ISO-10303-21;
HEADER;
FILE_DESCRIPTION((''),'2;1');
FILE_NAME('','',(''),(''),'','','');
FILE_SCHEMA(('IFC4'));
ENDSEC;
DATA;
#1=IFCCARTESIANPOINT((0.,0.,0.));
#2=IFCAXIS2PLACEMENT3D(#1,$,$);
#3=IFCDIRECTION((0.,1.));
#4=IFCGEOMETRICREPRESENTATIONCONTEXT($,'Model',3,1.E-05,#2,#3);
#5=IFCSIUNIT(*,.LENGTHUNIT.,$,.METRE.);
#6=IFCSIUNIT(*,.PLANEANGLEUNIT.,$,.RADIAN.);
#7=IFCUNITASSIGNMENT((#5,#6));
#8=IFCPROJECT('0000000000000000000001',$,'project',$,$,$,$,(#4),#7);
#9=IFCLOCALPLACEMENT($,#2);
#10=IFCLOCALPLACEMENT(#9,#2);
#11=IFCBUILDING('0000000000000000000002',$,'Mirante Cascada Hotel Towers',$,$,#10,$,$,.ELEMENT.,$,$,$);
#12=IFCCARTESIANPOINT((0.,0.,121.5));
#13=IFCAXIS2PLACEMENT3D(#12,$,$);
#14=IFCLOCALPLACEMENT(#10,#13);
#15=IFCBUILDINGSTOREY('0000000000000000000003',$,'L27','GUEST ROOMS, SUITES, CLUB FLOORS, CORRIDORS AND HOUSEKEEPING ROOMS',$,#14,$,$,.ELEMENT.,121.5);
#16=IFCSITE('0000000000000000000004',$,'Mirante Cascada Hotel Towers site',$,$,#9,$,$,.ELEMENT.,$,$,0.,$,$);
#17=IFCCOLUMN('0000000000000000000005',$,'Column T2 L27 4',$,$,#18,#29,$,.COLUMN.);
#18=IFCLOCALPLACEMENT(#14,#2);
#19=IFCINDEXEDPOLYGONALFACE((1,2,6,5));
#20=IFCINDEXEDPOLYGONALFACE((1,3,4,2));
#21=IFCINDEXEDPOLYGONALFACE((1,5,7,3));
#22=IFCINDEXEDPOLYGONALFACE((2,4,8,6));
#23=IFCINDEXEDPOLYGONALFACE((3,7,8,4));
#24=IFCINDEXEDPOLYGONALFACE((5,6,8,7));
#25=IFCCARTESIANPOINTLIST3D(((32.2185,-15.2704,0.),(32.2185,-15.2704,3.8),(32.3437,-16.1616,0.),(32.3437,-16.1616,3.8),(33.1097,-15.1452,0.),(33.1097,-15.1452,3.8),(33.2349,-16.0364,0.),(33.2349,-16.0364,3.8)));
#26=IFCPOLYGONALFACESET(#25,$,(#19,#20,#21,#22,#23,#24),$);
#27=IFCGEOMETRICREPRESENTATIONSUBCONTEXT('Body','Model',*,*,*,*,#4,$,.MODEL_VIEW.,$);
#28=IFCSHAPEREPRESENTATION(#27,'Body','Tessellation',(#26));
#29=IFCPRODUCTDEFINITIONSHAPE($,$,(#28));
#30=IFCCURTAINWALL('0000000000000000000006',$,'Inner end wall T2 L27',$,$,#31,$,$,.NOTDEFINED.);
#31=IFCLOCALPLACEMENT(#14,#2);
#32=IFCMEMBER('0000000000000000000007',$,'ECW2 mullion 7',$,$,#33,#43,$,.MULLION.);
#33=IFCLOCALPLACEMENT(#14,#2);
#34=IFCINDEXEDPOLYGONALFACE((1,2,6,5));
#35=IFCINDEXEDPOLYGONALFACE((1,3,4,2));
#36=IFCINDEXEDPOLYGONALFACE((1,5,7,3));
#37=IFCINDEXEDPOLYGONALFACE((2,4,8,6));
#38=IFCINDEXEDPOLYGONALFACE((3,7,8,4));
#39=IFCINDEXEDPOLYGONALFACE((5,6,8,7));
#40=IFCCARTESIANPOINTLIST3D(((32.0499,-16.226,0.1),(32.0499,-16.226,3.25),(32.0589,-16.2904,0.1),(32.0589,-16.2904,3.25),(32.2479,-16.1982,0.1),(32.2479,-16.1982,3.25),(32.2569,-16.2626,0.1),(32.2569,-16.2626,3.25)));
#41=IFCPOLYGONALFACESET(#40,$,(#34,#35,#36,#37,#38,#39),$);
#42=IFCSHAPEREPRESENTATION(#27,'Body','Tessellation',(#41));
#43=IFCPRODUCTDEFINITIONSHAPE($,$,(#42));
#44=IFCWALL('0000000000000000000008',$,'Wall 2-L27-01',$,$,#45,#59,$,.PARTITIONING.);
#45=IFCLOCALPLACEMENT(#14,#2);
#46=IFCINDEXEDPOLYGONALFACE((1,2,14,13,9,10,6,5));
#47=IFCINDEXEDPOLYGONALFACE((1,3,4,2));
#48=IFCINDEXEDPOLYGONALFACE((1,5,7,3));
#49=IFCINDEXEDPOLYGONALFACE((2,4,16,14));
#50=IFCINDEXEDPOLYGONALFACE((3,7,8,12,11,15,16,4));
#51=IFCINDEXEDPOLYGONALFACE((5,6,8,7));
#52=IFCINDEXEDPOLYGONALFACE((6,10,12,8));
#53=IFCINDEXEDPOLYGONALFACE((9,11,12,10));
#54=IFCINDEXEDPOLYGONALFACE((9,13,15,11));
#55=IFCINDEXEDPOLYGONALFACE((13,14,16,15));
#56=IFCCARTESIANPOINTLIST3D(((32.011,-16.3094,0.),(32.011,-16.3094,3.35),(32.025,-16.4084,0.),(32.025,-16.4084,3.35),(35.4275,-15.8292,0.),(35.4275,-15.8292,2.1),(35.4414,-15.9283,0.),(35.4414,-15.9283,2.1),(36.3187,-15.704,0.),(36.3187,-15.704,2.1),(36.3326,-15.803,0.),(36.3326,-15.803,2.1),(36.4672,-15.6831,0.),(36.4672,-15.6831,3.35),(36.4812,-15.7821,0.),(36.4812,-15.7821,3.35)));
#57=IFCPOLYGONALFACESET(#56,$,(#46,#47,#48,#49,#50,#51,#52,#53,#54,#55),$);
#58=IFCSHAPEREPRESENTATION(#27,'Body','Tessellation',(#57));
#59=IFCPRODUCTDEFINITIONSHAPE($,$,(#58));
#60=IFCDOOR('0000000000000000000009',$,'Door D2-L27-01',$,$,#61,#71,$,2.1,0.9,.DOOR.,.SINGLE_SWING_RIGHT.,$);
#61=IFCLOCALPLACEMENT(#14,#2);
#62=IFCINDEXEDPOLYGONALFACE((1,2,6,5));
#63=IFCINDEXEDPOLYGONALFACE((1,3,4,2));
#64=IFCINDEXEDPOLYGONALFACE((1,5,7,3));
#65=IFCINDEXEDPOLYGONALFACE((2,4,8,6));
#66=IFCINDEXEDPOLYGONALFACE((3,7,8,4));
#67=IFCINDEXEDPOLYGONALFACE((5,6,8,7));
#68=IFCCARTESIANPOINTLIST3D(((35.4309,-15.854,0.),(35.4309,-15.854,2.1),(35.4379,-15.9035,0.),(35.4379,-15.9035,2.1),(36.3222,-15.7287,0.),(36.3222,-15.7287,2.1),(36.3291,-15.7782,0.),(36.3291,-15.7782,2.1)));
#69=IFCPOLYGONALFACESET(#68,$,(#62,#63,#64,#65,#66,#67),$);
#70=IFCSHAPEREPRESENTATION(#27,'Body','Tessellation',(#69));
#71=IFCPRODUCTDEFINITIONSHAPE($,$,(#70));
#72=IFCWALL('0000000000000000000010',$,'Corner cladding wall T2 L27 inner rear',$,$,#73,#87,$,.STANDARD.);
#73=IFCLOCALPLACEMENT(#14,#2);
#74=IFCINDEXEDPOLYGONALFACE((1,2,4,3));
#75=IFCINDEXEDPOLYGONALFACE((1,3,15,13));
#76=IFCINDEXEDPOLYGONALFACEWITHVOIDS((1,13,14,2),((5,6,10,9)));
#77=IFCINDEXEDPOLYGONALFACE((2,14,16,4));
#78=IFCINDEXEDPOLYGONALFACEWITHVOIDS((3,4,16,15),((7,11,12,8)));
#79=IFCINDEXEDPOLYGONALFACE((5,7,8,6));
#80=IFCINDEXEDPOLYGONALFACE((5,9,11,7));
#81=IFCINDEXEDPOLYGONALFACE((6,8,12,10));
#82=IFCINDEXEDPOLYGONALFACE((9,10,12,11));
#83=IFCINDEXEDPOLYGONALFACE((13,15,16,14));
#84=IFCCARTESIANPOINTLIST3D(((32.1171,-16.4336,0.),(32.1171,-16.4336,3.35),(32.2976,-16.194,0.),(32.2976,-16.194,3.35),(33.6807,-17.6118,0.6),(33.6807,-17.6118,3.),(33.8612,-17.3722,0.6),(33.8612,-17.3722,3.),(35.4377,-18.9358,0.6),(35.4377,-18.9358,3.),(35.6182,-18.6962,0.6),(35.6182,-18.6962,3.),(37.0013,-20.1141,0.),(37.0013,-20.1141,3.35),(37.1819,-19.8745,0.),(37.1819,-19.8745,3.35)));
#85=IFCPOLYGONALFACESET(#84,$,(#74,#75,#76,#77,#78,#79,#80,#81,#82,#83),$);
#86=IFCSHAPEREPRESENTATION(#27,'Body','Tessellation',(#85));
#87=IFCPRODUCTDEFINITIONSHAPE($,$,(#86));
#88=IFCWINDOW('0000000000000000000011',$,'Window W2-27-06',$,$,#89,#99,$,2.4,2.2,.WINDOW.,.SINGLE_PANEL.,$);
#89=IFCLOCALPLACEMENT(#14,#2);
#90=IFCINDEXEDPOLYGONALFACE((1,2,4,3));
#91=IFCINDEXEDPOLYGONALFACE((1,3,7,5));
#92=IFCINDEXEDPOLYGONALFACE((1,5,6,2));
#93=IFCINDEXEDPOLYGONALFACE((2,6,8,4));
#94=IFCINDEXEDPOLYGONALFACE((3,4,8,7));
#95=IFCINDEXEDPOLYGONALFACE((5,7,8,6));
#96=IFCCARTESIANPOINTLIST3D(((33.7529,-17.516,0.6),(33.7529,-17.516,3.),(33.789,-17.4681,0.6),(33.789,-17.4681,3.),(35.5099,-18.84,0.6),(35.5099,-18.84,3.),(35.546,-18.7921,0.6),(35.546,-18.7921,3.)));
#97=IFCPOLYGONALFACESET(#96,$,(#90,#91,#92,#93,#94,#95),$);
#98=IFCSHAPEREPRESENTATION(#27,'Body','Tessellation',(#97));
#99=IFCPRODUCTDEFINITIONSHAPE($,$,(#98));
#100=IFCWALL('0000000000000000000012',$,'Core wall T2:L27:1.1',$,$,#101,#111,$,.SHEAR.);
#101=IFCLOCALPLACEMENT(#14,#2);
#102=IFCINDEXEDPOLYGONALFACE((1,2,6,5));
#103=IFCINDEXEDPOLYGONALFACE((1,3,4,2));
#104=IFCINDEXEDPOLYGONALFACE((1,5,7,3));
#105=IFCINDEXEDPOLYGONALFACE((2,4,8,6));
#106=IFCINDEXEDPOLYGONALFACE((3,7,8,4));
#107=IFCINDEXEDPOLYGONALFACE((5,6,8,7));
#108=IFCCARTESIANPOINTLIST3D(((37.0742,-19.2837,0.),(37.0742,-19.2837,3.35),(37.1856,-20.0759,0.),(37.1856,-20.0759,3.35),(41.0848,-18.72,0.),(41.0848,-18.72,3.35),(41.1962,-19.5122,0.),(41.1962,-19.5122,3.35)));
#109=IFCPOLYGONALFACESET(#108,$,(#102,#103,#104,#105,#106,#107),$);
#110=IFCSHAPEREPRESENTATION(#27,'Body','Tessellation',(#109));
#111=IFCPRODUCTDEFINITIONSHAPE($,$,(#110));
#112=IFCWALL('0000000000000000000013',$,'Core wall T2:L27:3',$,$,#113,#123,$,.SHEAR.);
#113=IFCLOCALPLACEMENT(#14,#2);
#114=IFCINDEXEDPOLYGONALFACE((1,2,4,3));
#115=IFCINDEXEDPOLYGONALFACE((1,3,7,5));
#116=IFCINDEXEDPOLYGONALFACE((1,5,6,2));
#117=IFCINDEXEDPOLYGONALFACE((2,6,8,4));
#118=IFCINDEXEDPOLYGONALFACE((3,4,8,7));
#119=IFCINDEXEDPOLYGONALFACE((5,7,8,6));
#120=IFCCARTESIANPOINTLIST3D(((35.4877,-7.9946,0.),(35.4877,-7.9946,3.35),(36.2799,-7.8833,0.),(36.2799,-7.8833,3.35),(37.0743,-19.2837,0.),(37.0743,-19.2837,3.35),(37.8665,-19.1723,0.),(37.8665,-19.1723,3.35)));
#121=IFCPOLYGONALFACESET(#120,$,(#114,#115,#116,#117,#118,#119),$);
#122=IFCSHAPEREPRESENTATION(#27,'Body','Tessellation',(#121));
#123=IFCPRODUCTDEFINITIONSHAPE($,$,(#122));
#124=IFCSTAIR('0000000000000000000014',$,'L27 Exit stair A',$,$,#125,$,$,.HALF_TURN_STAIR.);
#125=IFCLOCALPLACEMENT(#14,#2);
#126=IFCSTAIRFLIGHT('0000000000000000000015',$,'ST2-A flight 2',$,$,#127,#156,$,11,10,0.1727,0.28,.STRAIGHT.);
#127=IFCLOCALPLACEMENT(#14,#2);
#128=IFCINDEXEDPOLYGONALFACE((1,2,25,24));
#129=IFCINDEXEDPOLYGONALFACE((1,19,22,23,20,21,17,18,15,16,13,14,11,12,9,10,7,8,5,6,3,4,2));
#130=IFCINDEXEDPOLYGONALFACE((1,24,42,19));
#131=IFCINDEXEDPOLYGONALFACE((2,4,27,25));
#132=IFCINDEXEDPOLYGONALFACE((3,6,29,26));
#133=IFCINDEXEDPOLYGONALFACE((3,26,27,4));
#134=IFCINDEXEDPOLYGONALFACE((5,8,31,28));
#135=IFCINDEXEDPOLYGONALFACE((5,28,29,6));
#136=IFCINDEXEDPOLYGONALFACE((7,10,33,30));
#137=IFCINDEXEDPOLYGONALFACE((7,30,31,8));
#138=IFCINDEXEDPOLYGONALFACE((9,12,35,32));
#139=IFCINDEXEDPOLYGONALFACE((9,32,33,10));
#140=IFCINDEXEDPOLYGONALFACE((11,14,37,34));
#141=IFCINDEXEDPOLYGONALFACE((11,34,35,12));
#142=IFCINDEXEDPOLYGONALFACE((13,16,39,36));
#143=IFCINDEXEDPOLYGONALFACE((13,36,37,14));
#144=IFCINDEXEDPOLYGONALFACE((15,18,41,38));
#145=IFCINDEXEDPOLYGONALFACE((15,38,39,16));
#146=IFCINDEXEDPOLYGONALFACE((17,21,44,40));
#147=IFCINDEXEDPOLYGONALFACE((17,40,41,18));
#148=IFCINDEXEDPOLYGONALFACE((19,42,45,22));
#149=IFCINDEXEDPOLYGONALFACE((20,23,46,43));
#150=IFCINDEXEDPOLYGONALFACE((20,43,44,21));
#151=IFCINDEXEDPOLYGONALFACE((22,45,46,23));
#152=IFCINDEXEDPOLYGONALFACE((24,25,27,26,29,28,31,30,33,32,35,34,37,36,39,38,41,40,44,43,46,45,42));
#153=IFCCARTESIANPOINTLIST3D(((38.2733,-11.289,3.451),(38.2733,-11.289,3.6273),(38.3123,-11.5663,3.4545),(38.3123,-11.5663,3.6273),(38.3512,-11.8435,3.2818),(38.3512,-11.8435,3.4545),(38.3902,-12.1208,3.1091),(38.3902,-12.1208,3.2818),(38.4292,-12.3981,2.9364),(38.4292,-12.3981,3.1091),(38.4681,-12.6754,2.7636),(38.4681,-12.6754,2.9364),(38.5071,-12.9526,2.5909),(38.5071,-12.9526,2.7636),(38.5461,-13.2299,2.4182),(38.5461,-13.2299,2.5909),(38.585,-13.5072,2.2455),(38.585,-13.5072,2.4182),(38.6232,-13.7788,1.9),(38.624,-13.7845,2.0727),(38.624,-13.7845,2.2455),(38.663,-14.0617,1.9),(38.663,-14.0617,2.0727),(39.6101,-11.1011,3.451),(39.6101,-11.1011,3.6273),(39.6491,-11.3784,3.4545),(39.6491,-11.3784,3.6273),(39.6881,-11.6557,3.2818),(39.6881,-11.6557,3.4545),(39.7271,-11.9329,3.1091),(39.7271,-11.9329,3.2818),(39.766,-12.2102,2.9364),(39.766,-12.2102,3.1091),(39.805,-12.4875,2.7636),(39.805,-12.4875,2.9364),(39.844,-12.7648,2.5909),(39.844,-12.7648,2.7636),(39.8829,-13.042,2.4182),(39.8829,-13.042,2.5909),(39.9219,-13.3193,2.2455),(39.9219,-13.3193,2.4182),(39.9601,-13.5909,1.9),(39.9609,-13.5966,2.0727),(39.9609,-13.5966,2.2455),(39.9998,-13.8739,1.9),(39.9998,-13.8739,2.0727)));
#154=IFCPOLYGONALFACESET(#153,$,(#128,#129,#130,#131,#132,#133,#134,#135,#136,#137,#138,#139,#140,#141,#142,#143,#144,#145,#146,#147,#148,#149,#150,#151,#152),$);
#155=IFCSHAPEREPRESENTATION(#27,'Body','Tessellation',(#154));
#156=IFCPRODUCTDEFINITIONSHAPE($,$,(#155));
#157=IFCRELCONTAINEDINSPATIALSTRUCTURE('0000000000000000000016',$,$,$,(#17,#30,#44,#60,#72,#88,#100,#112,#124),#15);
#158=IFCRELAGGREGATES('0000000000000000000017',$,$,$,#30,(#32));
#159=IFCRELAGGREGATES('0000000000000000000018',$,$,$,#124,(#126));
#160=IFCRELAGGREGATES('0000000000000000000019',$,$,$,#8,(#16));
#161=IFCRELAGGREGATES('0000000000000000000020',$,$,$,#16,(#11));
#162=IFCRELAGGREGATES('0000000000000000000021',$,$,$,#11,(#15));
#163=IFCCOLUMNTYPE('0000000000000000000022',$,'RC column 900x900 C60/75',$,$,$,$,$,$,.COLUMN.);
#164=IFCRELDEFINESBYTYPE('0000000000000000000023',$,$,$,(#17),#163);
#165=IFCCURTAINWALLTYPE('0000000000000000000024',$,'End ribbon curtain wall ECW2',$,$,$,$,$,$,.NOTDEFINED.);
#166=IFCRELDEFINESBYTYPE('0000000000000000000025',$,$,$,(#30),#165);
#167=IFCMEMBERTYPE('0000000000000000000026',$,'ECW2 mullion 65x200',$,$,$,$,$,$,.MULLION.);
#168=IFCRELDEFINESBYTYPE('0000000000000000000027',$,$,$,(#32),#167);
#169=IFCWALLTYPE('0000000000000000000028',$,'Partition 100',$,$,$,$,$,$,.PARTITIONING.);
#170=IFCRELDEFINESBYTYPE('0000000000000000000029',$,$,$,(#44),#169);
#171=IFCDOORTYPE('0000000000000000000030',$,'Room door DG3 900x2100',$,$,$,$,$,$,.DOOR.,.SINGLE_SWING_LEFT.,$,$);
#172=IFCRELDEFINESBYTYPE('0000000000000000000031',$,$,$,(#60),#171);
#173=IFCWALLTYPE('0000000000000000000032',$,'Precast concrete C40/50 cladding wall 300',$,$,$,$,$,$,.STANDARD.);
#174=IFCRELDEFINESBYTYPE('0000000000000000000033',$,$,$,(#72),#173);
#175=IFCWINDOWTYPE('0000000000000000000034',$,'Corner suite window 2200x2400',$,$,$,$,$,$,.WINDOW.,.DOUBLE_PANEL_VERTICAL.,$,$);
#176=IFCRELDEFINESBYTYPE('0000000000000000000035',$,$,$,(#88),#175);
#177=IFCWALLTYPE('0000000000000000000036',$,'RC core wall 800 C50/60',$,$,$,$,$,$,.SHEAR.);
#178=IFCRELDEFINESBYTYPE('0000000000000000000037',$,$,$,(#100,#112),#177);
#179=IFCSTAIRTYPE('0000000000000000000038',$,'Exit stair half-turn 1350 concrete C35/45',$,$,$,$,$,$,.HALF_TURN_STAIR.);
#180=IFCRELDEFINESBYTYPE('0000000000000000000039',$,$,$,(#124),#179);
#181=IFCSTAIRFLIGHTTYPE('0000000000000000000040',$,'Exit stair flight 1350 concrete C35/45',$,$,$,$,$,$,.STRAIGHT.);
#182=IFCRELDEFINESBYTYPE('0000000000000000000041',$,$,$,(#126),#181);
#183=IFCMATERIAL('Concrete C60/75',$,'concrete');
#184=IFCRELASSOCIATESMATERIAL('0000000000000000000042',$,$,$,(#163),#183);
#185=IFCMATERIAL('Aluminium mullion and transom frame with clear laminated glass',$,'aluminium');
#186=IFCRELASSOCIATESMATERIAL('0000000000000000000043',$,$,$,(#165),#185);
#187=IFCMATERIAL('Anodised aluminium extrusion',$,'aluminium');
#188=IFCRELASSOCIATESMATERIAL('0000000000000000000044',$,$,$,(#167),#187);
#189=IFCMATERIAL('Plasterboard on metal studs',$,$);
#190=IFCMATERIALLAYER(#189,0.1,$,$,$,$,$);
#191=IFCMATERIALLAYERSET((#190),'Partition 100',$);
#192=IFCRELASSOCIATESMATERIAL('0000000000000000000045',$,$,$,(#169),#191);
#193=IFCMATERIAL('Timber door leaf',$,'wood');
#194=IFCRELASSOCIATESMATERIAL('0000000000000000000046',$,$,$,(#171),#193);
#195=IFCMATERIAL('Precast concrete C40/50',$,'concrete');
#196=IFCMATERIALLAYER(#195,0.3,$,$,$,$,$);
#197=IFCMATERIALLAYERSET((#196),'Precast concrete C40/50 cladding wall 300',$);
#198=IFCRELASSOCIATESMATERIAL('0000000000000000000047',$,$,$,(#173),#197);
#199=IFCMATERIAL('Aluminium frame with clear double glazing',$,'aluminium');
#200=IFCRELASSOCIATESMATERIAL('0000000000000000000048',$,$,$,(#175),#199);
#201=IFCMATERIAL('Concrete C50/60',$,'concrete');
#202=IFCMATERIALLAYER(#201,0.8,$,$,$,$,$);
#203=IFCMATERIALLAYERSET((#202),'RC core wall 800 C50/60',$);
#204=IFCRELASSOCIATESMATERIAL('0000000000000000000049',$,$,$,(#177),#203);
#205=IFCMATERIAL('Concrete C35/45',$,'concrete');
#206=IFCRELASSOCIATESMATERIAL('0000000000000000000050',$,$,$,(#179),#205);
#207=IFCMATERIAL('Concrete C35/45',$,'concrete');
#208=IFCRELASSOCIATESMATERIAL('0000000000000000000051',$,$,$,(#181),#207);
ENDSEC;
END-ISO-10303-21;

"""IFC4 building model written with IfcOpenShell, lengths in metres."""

from ifc_helpers import new_model, si_unit, direction, frame, frame_2d, origin, origin_2d, place, context, subcontext, project, spatial, polyline, rectangle, outline, extrude, material, layer, layer_set, material_profile, profile_set, type_object, element, fill, aggregate, save


model = new_model("IFC4")

# Units and contexts
model_context = context("Model", 3, precision=1e-05, world=origin(), true_north=direction((0.0, 1.0)))
body_context = subcontext(model_context, "Body", "Model", "MODEL_VIEW")
ifc_project = project(units=[si_unit("LENGTHUNIT", "METRE"), si_unit("PLANEANGLEUNIT", "RADIAN")], contexts=[model_context])

# Site, building, storey
site_placement = place(None, origin())
site = spatial("IfcSite", under=ifc_project, at=site_placement, Name="Mirante Cascada Hotel Towers site", CompositionType="ELEMENT", RefElevation=0.0)
building_placement = place(site_placement, origin())
building = spatial("IfcBuilding", under=site, at=building_placement, Name="Mirante Cascada Hotel Towers", CompositionType="ELEMENT")
storey_placement = place(building_placement, frame((0.0, 0.0, 121.5)))
storey = spatial("IfcBuildingStorey", under=building, at=storey_placement, Name="L27", Description="GUEST ROOMS, SUITES, CLUB FLOORS, CORRIDORS AND HOUSEKEEPING ROOMS", CompositionType="ELEMENT", Elevation=121.5)

# Column
ifc_material_1 = material(Name="Concrete C60/75", Category="concrete")
ifc_material_profile_1 = material_profile(ifc_material_1, rectangle(XDim=0.9, YDim=0.9, at=origin_2d()), Name="RC column 900x900 C60/75")
ifc_profile_set_1 = profile_set([ifc_material_profile_1], Name="Concrete C60/75")
column_type = type_object("IfcColumnType", Name="RC column 900x900 C60/75", PredefinedType="COLUMN", material=ifc_profile_set_1)
column_placement = place(storey_placement, frame((32.7267, -15.6534, 0.0), z_axis=(0.0, 0.0, 1.0), x_axis=(0.990268, 0.139173, 0.0)))
element("IfcColumn", 1, at=column_placement, inside=storey, type_object=column_type, Name="Column T2 L27 4", PredefinedType="COLUMN", context=body_context, shape_type="SweptSolid", body=[
    extrude(rectangle(XDim=0.9, YDim=0.9, at=origin_2d()), origin(), (0.0, 0.0, 1.0), 3.8),
])

# Curtain wall, member
ifc_material_2 = material(Name="Aluminium mullion and transom frame with clear laminated glass", Category="aluminium")
curtain_wall_type = type_object("IfcCurtainWallType", Name="End ribbon curtain wall ECW2", PredefinedType="NOTDEFINED", material=ifc_material_2)
curtain_wall_placement = place(storey_placement, origin())
curtain_wall = element("IfcCurtainWall", 2, at=curtain_wall_placement, inside=storey, type_object=curtain_wall_type, Name="Inner end wall T2 L27", PredefinedType="NOTDEFINED")
ifc_material_3 = material(Name="Anodised aluminium extrusion", Category="aluminium")
ifc_material_profile_2 = material_profile(ifc_material_3, rectangle(XDim=0.2, YDim=0.065, at=origin_2d()), Name="ECW2 MULLION 65x200")
ifc_profile_set_2 = profile_set([ifc_material_profile_2], Name="Anodised aluminium extrusion")
member_type = type_object("IfcMemberType", Name="ECW2 mullion 65x200", PredefinedType="MULLION", material=ifc_profile_set_2)
member_placement = place(storey_placement, frame((32.1534, -16.2443, 0.1), z_axis=(0.0, 0.0, 1.0), x_axis=(0.990268, 0.139173, 0.0)))
member = element("IfcMember", 3, at=member_placement, type_object=member_type, Name="ECW2 mullion 7", PredefinedType="MULLION", context=body_context, shape_type="SweptSolid", body=[
    extrude(rectangle(XDim=0.2, YDim=0.065, at=origin_2d()), origin(), (0.0, 0.0, 1.0), 3.15),
])
aggregate(curtain_wall, [member])

# Wall, opening, door
ifc_material_4 = material(Name="Plasterboard on metal studs")
ifc_layer_1 = layer(ifc_material_4, 0.1)
ifc_layer_set_1 = layer_set([ifc_layer_1], Name="Partition 100")
wall_type_1 = type_object("IfcWallType", Name="Partition 100", PredefinedType="PARTITIONING", material=ifc_layer_set_1)
wall_1_placement = place(storey_placement, frame((36.4742, -15.7326, 0.0), z_axis=(0.0, 0.0, 1.0), x_axis=(-0.990267, -0.139178, 0.0)))
wall_1 = element("IfcWall", 4, at=wall_1_placement, inside=storey, type_object=wall_type_1, Name="Wall 2-L27-01", PredefinedType="PARTITIONING", context=body_context, shape_type="SweptSolid", body=[
    extrude(rectangle(XDim=4.5, YDim=0.1, at=frame_2d((2.25, 0.0))), origin(), (0.0, 0.0, 1.0), 3.35),
])
opening_1_placement = place(wall_1_placement, frame((0.15, 0.0, 0.0)))
opening_1 = element("IfcOpeningElement", 5, at=opening_1_placement, cuts=wall_1, PredefinedType="OPENING", context=body_context, shape_type="SweptSolid", body=[
    extrude(rectangle(XDim=0.9, YDim=2.1, at=frame_2d((0.45, 1.05))), frame((0.0, 0.05, 0.0), z_axis=(0.0, -1.0, 0.0), x_axis=(1.0, 0.0, 0.0)), (0.0, 0.0, 1.0), 0.1),
])
ifc_material_5 = material(Name="Timber door leaf", Category="wood")
door_type = type_object("IfcDoorType", Name="Room door DG3 900x2100", OperationType="SINGLE_SWING_LEFT", PredefinedType="DOOR", material=ifc_material_5)
door_placement = place(opening_1_placement, frame((0.9, 0.0, 0.0), z_axis=(0.0, 0.0, 1.0), x_axis=(-1.0, 0.0, 0.0)))
door = element("IfcDoor", 6, at=door_placement, inside=storey, type_object=door_type, Name="Door D2-L27-01", OperationType="SINGLE_SWING_RIGHT", OverallHeight=2.1, OverallWidth=0.9, PredefinedType="DOOR", context=body_context, shape_type="SweptSolid", body=[
    extrude(rectangle(XDim=0.9, YDim=2.1, at=frame_2d((0.45, 1.05))), frame((0.0, 0.025, 0.0), z_axis=(0.0, -1.0, 0.0), x_axis=(1.0, 0.0, 0.0)), (0.0, 0.0, 1.0), 0.05),
])
fill(opening_1, door)

# Wall, opening, window
ifc_material_6 = material(Name="Precast concrete C40/50", Category="concrete")
ifc_layer_2 = layer(ifc_material_6, 0.3)
ifc_layer_set_2 = layer_set([ifc_layer_2], Name="Precast concrete C40/50 cladding wall 300")
wall_type_2 = type_object("IfcWallType", Name="Precast concrete C40/50 cladding wall 300", PredefinedType="STANDARD", material=ifc_layer_set_2)
wall_2_placement = place(storey_placement, frame((32.2074, -16.3138, 0.0), z_axis=(0.0, 0.0, 1.0), x_axis=(0.798636, -0.601814, 0.0)))
wall_2 = element("IfcWall", 7, at=wall_2_placement, inside=storey, type_object=wall_type_2, Name="Corner cladding wall T2 L27 inner rear", PredefinedType="STANDARD", context=body_context, shape_type="SweptSolid", body=[
    extrude(rectangle(XDim=6.1157, YDim=0.3, at=frame_2d((3.0578, 0.0))), origin(), (0.0, 0.0, 1.0), 3.35),
])
opening_2_placement = place(wall_2_placement, frame((1.9578, 0.0, 0.6)))
opening_2 = element("IfcOpeningElement", 8, at=opening_2_placement, cuts=wall_2, PredefinedType="OPENING", context=body_context, shape_type="SweptSolid", body=[
    extrude(rectangle(XDim=2.2, YDim=2.4, at=frame_2d((1.1, 1.2))), frame((0.0, 0.15, 0.0), z_axis=(0.0, -1.0, 0.0), x_axis=(1.0, 0.0, 0.0)), (0.0, 0.0, 1.0), 0.3),
])
ifc_material_7 = material(Name="Aluminium frame with clear double glazing", Category="aluminium")
window_type = type_object("IfcWindowType", Name="Corner suite window 2200x2400", PartitioningType="DOUBLE_PANEL_VERTICAL", PredefinedType="WINDOW", material=ifc_material_7)
window_placement = place(opening_2_placement, origin())
window = element("IfcWindow", 9, at=window_placement, inside=storey, type_object=window_type, Name="Window W2-27-06", OverallHeight=2.4, OverallWidth=2.2, PartitioningType="SINGLE_PANEL", PredefinedType="WINDOW", context=body_context, shape_type="SweptSolid", body=[
    extrude(rectangle(XDim=2.2, YDim=2.4, at=frame_2d((1.1, 1.2))), frame((0.0, 0.03, 0.0), z_axis=(0.0, -1.0, 0.0), x_axis=(1.0, 0.0, 0.0)), (0.0, 0.0, 1.0), 0.06),
])
fill(opening_2, window)

# Walls
ifc_material_8 = material(Name="Concrete C50/60", Category="concrete")
ifc_layer_3 = layer(ifc_material_8, 0.8)
ifc_layer_set_3 = layer_set([ifc_layer_3], Name="RC core wall 800 C50/60")
wall_type_3 = type_object("IfcWallType", Name="RC core wall 800 C50/60", PredefinedType="SHEAR", material=ifc_layer_set_3)
wall_3_placement = place(storey_placement, frame((37.1299, -19.6798, 0.0), z_axis=(0.0, 0.0, 1.0), x_axis=(0.990267, 0.139184, 0.0)))
element("IfcWall", 10, at=wall_3_placement, inside=storey, type_object=wall_type_3, Name="Core wall T2:L27:1.1", PredefinedType="SHEAR", context=body_context, shape_type="SweptSolid", body=[
    extrude(rectangle(XDim=4.05, YDim=0.8, at=frame_2d((2.025, 0.0))), origin(), (0.0, 0.0, 1.0), 3.35),
])
wall_4_placement = place(storey_placement, frame((37.4704, -19.228, 0.0), z_axis=(0.0, 0.0, 1.0), x_axis=(-0.139175, 0.990268, 0.0)))
element("IfcWall", 11, at=wall_4_placement, inside=storey, type_object=wall_type_3, Name="Core wall T2:L27:3", PredefinedType="SHEAR", context=body_context, shape_type="SweptSolid", body=[
    extrude(rectangle(XDim=11.4, YDim=0.8, at=frame_2d((5.7, 0.0))), origin(), (0.0, 0.0, 1.0), 3.35),
])

# Stair, stair flight
ifc_material_9 = material(Name="Concrete C35/45", Category="concrete")
stair_type = type_object("IfcStairType", Name="Exit stair half-turn 1350 concrete C35/45", PredefinedType="HALF_TURN_STAIR", material=ifc_material_9)
stair_placement = place(storey_placement, origin())
stair = element("IfcStair", 12, at=stair_placement, inside=storey, type_object=stair_type, Name="L27 Exit stair A", PredefinedType="HALF_TURN_STAIR")
ifc_material_10 = material(Name="Concrete C35/45", Category="concrete")
stair_flight_type = type_object("IfcStairFlightType", Name="Exit stair flight 1350 concrete C35/45", PredefinedType="STRAIGHT", material=ifc_material_10)
stair_flight_placement = place(storey_placement, frame((39.3314, -13.9678, 1.9), z_axis=(0.0, 0.0, 1.0), x_axis=(-0.139173, 0.990268, 0.0)))
stair_flight = element("IfcStairFlight", 13, at=stair_flight_placement, type_object=stair_flight_type, Name="ST2-A flight 2", NumberOfRisers=11, NumberOfTreads=10, PredefinedType="STRAIGHT", RiserHeight=0.1727, TreadLength=0.28, context=body_context, shape_type="SweptSolid", body=[
    extrude(outline(polyline([(0.0, 0.0), (0.0, 0.1727), (0.28, 0.1727), (0.28, 0.3455), (0.56, 0.3455), (0.56, 0.5182), (0.84, 0.5182), (0.84, 0.6909), (1.12, 0.6909), (1.12, 0.8636), (1.4, 0.8636), (1.4, 1.0364), (1.68, 1.0364), (1.68, 1.2091), (1.96, 1.2091), (1.96, 1.3818), (2.24, 1.3818), (2.24, 1.5545), (2.52, 1.5545), (2.52, 1.7273), (2.8, 1.7273), (2.8, 1.9), (2.8, 1.551), (0.2857, 0.0), (0.0, 0.0)])), frame((0.0, 0.675, 0.0), z_axis=(0.0, -1.0, 0.0), x_axis=(1.0, 0.0, 0.0)), (0.0, 0.0, 1.0), 1.35),
])
aggregate(stair, [stair_flight])

save(model, "model.ifc")
